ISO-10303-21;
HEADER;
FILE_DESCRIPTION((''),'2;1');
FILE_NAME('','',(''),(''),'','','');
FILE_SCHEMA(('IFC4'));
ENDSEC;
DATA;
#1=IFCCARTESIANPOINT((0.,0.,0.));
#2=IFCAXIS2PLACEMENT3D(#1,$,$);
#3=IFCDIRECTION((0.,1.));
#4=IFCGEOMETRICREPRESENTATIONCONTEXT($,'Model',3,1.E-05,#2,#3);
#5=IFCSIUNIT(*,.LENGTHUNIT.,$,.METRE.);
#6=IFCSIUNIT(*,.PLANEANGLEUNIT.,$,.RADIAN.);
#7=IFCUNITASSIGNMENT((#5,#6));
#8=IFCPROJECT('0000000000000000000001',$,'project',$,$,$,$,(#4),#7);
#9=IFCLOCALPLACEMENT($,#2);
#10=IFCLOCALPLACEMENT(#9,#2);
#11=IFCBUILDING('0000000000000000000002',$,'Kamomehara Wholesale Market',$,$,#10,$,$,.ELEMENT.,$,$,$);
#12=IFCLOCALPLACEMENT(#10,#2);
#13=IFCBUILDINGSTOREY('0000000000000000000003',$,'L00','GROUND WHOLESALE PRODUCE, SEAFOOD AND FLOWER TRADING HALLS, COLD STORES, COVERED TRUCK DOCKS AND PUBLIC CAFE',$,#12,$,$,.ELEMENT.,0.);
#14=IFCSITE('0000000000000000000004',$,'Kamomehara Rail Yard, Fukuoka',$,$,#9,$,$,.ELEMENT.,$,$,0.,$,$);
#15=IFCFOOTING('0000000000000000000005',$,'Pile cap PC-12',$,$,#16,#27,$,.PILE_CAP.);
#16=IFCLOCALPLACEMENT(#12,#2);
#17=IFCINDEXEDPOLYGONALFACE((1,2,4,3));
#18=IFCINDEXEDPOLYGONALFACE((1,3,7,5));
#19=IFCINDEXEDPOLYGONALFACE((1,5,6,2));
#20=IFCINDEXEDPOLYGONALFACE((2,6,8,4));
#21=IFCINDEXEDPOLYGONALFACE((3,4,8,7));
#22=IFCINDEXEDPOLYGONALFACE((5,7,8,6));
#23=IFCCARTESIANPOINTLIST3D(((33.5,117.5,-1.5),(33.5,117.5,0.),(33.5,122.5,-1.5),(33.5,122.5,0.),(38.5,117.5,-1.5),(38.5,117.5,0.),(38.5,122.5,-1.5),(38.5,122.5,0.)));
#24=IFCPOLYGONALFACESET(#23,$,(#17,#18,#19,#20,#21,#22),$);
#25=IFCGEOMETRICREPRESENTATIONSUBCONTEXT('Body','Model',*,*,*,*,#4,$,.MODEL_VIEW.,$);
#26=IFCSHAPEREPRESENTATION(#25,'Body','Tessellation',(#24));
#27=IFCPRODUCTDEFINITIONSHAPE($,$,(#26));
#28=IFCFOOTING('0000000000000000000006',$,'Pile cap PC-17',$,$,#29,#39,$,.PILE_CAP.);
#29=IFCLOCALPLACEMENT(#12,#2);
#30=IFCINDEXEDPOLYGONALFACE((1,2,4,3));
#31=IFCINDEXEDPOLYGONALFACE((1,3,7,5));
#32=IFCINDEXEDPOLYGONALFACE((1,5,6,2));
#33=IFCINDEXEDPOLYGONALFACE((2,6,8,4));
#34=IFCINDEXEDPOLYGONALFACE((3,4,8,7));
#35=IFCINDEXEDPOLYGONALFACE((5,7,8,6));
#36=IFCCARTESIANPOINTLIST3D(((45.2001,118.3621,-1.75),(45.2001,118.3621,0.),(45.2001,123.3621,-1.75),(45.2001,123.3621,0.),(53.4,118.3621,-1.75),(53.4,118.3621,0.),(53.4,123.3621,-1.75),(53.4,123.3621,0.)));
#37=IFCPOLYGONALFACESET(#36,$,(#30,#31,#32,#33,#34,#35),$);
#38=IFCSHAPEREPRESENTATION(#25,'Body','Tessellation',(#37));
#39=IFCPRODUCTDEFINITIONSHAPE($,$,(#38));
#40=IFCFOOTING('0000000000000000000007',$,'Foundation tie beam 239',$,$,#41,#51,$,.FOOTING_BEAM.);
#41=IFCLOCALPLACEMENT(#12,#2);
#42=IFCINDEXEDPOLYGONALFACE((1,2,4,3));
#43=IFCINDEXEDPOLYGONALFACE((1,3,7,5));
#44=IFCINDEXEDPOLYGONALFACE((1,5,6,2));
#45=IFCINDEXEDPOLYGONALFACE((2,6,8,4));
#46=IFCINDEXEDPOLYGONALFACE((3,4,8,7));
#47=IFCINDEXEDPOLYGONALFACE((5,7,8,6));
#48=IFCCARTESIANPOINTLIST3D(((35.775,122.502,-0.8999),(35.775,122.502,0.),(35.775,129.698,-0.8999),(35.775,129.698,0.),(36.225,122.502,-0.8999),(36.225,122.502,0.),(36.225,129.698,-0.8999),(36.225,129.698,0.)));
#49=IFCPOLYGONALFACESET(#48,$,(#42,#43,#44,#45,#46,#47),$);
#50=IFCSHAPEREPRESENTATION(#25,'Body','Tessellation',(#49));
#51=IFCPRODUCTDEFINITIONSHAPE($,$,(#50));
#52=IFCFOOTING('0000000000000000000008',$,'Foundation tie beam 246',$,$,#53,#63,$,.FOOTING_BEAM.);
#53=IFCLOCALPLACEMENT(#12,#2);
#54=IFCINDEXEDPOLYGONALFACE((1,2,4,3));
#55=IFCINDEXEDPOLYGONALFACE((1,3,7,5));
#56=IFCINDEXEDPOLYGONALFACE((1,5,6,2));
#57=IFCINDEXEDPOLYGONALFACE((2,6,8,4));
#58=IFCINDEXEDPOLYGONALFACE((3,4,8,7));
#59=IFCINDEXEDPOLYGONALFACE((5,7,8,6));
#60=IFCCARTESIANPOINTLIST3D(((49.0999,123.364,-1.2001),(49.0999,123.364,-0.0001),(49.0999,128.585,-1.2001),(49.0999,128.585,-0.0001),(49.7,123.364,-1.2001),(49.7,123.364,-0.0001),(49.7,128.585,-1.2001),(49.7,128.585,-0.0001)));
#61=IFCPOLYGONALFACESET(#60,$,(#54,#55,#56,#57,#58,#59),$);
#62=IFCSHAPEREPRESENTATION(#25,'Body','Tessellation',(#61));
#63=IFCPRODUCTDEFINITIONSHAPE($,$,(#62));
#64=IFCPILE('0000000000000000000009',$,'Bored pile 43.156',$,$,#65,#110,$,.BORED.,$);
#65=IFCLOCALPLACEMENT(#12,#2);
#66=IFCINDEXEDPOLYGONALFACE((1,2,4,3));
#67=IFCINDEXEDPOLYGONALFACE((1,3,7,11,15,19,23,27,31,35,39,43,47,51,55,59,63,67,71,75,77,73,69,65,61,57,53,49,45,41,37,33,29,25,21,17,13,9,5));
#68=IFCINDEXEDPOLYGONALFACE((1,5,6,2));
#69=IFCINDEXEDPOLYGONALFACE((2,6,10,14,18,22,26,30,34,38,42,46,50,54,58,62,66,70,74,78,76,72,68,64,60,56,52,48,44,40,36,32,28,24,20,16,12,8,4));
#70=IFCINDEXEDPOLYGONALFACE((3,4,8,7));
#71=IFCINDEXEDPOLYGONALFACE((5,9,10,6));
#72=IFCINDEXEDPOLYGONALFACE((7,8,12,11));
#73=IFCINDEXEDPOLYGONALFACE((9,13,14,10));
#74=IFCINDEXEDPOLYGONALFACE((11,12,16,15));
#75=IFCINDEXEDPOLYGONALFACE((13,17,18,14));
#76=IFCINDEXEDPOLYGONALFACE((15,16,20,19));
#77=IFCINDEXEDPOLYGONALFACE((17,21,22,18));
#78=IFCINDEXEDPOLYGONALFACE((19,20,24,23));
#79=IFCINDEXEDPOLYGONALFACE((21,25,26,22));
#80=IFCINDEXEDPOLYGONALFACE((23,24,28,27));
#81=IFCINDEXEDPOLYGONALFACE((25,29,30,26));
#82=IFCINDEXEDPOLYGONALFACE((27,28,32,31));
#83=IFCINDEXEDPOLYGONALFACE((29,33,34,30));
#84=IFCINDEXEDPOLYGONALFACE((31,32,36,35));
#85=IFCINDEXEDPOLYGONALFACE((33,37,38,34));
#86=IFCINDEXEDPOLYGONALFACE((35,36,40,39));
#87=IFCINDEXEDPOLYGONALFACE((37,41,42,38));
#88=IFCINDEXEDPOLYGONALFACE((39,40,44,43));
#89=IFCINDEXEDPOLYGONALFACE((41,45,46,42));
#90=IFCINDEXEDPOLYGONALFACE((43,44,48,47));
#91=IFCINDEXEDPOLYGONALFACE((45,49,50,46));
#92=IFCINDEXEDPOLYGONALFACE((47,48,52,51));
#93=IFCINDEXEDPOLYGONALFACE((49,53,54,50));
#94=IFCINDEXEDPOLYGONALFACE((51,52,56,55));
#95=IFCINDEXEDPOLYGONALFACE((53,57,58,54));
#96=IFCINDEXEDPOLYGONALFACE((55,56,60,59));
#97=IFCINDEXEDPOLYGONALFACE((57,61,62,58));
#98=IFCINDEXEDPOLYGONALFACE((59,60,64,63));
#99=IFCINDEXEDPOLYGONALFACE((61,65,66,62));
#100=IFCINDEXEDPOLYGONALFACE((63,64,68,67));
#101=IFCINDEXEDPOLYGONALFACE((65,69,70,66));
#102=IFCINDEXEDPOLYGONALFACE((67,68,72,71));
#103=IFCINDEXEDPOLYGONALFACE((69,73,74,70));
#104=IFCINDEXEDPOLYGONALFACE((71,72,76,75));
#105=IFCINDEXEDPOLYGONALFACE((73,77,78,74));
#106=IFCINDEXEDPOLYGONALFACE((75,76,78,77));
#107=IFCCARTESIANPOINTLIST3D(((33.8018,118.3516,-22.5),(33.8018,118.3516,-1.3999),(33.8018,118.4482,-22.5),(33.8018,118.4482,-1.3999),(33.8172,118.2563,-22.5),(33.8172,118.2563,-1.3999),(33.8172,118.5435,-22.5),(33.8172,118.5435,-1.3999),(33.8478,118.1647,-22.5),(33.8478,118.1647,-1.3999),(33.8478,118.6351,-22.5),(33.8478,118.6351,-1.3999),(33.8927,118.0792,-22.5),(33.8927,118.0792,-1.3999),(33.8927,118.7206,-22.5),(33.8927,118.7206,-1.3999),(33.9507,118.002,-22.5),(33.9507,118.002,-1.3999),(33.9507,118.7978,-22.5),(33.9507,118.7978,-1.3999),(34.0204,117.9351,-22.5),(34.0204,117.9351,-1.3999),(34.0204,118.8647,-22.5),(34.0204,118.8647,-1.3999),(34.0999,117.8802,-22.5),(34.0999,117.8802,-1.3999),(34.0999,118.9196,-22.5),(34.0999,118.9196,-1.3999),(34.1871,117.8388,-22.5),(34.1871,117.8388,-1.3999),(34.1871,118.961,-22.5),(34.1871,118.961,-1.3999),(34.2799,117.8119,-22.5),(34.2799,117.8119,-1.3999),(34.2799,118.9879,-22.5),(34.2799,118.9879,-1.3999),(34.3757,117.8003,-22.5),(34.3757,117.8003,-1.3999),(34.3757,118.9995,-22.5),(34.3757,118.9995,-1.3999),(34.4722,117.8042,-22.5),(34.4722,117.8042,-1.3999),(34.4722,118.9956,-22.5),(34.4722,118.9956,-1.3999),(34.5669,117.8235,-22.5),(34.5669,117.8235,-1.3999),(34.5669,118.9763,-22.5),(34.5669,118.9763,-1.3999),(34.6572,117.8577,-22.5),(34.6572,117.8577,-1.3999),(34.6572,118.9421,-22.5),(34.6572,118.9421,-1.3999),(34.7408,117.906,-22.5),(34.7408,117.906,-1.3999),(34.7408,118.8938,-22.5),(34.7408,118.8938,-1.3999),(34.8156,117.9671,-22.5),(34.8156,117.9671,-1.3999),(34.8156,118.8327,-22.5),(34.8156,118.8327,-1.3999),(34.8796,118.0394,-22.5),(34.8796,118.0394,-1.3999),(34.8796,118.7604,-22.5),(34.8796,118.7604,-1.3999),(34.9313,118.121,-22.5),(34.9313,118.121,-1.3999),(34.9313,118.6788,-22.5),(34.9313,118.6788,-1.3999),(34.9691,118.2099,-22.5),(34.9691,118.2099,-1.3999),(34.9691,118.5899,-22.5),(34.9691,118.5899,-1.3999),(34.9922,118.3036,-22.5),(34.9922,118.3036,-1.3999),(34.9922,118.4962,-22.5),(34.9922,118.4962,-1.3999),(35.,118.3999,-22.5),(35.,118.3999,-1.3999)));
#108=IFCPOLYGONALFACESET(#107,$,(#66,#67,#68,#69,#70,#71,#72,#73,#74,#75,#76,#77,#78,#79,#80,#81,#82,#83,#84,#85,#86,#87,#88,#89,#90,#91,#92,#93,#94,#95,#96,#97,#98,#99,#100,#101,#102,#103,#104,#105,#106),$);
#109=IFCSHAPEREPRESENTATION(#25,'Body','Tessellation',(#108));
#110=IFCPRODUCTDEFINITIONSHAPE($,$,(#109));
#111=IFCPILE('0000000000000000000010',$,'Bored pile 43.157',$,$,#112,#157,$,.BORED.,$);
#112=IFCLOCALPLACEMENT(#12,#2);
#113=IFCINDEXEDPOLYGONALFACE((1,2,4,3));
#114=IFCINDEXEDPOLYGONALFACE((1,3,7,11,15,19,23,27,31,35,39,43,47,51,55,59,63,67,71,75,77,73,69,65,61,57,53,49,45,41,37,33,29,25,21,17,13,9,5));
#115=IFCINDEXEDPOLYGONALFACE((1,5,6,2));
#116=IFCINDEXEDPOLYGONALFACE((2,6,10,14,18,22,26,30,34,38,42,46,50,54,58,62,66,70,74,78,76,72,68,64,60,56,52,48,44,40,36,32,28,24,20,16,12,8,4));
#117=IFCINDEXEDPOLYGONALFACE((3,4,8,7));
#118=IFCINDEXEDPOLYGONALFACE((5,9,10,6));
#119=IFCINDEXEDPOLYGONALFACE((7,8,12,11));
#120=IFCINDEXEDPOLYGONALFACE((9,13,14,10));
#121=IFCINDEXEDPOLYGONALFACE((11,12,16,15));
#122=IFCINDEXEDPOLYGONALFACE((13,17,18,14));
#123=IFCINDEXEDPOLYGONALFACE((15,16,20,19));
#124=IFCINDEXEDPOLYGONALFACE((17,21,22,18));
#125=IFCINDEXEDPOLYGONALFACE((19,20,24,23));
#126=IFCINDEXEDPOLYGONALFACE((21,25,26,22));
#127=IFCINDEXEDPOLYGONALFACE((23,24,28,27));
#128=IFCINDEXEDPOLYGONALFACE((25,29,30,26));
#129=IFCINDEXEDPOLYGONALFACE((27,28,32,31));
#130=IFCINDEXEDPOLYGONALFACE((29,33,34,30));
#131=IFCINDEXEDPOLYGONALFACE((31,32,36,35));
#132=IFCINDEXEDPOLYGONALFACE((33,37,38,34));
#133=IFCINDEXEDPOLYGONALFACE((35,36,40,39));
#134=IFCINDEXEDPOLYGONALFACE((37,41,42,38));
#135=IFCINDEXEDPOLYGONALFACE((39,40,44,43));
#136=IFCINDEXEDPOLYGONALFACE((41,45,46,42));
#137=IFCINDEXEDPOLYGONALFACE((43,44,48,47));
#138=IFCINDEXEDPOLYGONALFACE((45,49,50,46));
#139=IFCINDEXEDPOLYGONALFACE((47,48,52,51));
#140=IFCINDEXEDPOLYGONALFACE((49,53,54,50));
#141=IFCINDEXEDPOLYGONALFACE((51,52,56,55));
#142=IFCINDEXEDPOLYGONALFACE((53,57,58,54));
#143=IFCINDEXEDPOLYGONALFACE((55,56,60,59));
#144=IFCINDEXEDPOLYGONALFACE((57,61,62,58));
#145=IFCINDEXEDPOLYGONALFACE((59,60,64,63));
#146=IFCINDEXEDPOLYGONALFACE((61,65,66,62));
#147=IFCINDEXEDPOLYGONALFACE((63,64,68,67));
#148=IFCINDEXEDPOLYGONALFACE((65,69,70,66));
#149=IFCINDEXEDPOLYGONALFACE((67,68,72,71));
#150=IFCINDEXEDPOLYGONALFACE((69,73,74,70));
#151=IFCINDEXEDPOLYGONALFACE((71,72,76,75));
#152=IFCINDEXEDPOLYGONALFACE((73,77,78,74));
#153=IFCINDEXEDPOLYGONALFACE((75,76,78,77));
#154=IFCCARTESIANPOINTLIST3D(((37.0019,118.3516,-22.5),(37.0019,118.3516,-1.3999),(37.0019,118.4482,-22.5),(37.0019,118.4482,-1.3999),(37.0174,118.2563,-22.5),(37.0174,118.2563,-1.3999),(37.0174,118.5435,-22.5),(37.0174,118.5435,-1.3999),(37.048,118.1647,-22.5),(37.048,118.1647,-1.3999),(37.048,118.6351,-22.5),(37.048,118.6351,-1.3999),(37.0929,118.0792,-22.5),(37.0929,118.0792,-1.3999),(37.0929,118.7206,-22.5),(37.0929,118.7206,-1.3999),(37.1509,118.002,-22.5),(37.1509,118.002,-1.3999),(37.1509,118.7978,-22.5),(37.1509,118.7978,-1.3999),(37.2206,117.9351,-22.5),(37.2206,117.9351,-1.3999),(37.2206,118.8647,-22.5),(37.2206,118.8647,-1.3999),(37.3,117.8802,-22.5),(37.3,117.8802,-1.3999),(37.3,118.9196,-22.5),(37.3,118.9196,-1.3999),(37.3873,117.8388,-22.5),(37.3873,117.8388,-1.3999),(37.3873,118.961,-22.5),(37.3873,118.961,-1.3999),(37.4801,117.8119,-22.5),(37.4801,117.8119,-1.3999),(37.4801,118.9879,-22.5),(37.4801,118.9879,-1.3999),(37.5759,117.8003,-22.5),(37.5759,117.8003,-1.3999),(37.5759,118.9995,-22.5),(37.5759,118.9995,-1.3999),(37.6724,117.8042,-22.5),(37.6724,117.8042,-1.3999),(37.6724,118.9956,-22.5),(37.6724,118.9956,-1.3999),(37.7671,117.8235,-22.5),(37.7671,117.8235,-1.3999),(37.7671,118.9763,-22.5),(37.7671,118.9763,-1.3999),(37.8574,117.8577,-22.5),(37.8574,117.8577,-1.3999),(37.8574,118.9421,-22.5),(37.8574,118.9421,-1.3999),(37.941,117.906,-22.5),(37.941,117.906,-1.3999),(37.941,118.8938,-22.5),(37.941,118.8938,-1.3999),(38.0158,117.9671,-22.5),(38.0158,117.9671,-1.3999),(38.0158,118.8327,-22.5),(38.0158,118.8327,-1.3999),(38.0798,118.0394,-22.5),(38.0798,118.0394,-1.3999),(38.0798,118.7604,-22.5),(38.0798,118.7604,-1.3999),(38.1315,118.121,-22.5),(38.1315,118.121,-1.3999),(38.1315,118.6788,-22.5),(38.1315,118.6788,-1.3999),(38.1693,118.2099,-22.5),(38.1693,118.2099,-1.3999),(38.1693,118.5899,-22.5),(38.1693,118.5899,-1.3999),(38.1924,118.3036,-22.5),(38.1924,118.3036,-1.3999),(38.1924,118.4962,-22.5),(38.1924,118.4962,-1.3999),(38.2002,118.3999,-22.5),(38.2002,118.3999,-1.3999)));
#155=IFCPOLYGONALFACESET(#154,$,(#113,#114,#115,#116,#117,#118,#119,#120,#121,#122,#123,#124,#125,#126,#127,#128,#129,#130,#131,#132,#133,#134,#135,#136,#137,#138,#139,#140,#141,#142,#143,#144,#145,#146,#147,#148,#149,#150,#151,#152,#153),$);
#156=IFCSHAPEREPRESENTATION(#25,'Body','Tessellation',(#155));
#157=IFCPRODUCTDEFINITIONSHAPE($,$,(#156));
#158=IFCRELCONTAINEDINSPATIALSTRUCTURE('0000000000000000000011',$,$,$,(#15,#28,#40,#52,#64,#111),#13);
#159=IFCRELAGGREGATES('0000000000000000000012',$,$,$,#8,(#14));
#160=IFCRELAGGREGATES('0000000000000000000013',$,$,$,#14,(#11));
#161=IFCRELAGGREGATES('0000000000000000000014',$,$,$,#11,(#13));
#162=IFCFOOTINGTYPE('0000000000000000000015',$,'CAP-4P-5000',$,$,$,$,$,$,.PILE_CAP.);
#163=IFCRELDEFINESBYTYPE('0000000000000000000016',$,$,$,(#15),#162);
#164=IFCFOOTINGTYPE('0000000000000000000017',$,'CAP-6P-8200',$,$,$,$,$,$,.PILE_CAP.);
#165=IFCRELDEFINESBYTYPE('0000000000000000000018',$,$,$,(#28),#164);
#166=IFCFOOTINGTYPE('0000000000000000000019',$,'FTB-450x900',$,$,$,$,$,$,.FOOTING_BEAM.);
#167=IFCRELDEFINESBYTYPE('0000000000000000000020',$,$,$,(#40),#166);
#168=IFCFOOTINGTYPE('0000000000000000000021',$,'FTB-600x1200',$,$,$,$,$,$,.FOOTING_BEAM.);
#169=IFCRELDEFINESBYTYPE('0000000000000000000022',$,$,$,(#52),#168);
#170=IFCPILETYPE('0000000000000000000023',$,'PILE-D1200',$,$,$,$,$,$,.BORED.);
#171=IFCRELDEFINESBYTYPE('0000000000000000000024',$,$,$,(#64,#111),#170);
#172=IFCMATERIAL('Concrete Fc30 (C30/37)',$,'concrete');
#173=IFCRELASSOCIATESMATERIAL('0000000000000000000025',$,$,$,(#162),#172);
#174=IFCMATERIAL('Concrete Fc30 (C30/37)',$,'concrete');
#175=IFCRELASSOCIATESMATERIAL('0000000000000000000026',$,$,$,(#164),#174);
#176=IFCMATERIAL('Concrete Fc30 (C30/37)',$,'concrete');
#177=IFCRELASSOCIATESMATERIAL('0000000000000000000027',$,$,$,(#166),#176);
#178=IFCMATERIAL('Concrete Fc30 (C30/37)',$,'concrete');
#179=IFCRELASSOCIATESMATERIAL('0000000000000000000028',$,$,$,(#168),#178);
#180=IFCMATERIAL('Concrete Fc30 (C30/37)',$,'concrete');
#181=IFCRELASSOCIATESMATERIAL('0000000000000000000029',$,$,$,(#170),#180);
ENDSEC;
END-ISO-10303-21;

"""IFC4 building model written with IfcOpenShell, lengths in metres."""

from ifc_helpers import new_model, si_unit, direction, frame, origin, origin_2d, place, context, subcontext, project, spatial, rectangle, circle, extrude, material, material_profile, profile_set, type_object, element, save


model = new_model("IFC4")

# Units and contexts
model_context = context("Model", 3, precision=1e-05, world=origin(), true_north=direction((0.0, 1.0)))
body_context = subcontext(model_context, "Body", "Model", "MODEL_VIEW")
ifc_project = project(units=[si_unit("LENGTHUNIT", "METRE"), si_unit("PLANEANGLEUNIT", "RADIAN")], contexts=[model_context])

# Site, building, storey
site_placement = place(None, origin())
site = spatial("IfcSite", under=ifc_project, at=site_placement, Name="Kamomehara Rail Yard, Fukuoka", CompositionType="ELEMENT", RefElevation=0.0)
building_placement = place(site_placement, origin())
building = spatial("IfcBuilding", under=site, at=building_placement, Name="Kamomehara Wholesale Market", CompositionType="ELEMENT")
storey_placement = place(building_placement, origin())
storey = spatial("IfcBuildingStorey", under=building, at=storey_placement, Name="L00", Description="GROUND WHOLESALE PRODUCE, SEAFOOD AND FLOWER TRADING HALLS, COLD STORES, COVERED TRUCK DOCKS AND PUBLIC CAFE", CompositionType="ELEMENT", Elevation=0.0)

# Footings
ifc_material_1 = material(Name="Concrete Fc30 (C30/37)", Category="concrete")
footing_type_1 = type_object("IfcFootingType", Name="CAP-4P-5000", PredefinedType="PILE_CAP", material=ifc_material_1)
footing_1_placement = place(storey_placement, frame((36.0, 120.0, -1.5), z_axis=(0.0, 0.0, 1.0), x_axis=(1.0, 0.0, 0.0)))
element("IfcFooting", 1, at=footing_1_placement, inside=storey, type_object=footing_type_1, Name="Pile cap PC-12", PredefinedType="PILE_CAP", context=body_context, shape_type="SweptSolid", body=[
    extrude(rectangle(XDim=5.0, YDim=5.0, at=origin_2d()), origin(), (0.0, 0.0, 1.0), 1.5),
])
ifc_material_2 = material(Name="Concrete Fc30 (C30/37)", Category="concrete")
footing_type_2 = type_object("IfcFootingType", Name="CAP-6P-8200", PredefinedType="PILE_CAP", material=ifc_material_2)
footing_2_placement = place(storey_placement, frame((49.3, 120.8621, -1.75), z_axis=(0.0, 0.0, 1.0), x_axis=(1.0, 0.0, 0.0)))
element("IfcFooting", 2, at=footing_2_placement, inside=storey, type_object=footing_type_2, Name="Pile cap PC-17", PredefinedType="PILE_CAP", context=body_context, shape_type="SweptSolid", body=[
    extrude(rectangle(XDim=8.2, YDim=5.0, at=origin_2d()), origin(), (0.0, 0.0, 1.0), 1.75),
])
ifc_material_3 = material(Name="Concrete Fc30 (C30/37)", Category="concrete")
ifc_material_profile_1 = material_profile(ifc_material_3, rectangle(XDim=0.45, YDim=0.8999, at=origin_2d()), Name="RC-FTB-450x900")
ifc_profile_set_1 = profile_set([ifc_material_profile_1], Name="Concrete Fc30 (C30/37)")
footing_type_3 = type_object("IfcFootingType", Name="FTB-450x900", PredefinedType="FOOTING_BEAM", material=ifc_profile_set_1)
footing_3_placement = place(storey_placement, frame((36.0, 122.502, -0.45), z_axis=(0.0, 1.0, 0.0), x_axis=(-1.0, 0.0, 0.0)))
element("IfcFooting", 3, at=footing_3_placement, inside=storey, type_object=footing_type_3, Name="Foundation tie beam 239", PredefinedType="FOOTING_BEAM", context=body_context, shape_type="SweptSolid", body=[
    extrude(rectangle(XDim=0.45, YDim=0.8999, at=origin_2d()), origin(), (0.0, 0.0, 1.0), 7.196),
])
ifc_material_4 = material(Name="Concrete Fc30 (C30/37)", Category="concrete")
ifc_material_profile_2 = material_profile(ifc_material_4, rectangle(XDim=0.6001, YDim=1.2, at=origin_2d()), Name="RC-FTB-600x1200")
ifc_profile_set_2 = profile_set([ifc_material_profile_2], Name="Concrete Fc30 (C30/37)")
footing_type_4 = type_object("IfcFootingType", Name="FTB-600x1200", PredefinedType="FOOTING_BEAM", material=ifc_profile_set_2)
footing_4_placement = place(storey_placement, frame((49.3999, 123.364, -0.6001), z_axis=(0.0, 1.0, 0.0), x_axis=(-1.0, 0.0, 0.0)))
element("IfcFooting", 4, at=footing_4_placement, inside=storey, type_object=footing_type_4, Name="Foundation tie beam 246", PredefinedType="FOOTING_BEAM", context=body_context, shape_type="SweptSolid", body=[
    extrude(rectangle(XDim=0.6001, YDim=1.2, at=origin_2d()), origin(), (0.0, 0.0, 1.0), 5.2209),
])

# Piles
ifc_material_5 = material(Name="Concrete Fc30 (C30/37)", Category="concrete")
ifc_material_profile_3 = material_profile(ifc_material_5, circle(Radius=0.6001, at=origin_2d()), Name="RC-PILE-D1200")
ifc_profile_set_3 = profile_set([ifc_material_profile_3], Name="Concrete Fc30 (C30/37)")
pile_type = type_object("IfcPileType", Name="PILE-D1200", PredefinedType="BORED", material=ifc_profile_set_3)
for number, where, z_axis, x_axis, name in (
    (5, (34.3999, 118.3999, -1.3999), (0.0, 0.0, -1.0), (1.0, 0.0, 0.0), "Bored pile 43.156"),
    (6, (37.6001, 118.3999, -1.3999), (0.0, 0.0, -1.0), (1.0, 0.0, 0.0), "Bored pile 43.157"),
):
    element("IfcPile", number, at=place(storey_placement, frame(where, z_axis=z_axis, x_axis=x_axis)), inside=storey, type_object=pile_type, Name=name, PredefinedType="BORED", context=body_context, shape_type="SweptSolid", body=[
        extrude(circle(Radius=0.6001, at=origin_2d()), origin(), (0.0, 0.0, 1.0), 21.1001),
    ])

save(model, "model.ifc")
